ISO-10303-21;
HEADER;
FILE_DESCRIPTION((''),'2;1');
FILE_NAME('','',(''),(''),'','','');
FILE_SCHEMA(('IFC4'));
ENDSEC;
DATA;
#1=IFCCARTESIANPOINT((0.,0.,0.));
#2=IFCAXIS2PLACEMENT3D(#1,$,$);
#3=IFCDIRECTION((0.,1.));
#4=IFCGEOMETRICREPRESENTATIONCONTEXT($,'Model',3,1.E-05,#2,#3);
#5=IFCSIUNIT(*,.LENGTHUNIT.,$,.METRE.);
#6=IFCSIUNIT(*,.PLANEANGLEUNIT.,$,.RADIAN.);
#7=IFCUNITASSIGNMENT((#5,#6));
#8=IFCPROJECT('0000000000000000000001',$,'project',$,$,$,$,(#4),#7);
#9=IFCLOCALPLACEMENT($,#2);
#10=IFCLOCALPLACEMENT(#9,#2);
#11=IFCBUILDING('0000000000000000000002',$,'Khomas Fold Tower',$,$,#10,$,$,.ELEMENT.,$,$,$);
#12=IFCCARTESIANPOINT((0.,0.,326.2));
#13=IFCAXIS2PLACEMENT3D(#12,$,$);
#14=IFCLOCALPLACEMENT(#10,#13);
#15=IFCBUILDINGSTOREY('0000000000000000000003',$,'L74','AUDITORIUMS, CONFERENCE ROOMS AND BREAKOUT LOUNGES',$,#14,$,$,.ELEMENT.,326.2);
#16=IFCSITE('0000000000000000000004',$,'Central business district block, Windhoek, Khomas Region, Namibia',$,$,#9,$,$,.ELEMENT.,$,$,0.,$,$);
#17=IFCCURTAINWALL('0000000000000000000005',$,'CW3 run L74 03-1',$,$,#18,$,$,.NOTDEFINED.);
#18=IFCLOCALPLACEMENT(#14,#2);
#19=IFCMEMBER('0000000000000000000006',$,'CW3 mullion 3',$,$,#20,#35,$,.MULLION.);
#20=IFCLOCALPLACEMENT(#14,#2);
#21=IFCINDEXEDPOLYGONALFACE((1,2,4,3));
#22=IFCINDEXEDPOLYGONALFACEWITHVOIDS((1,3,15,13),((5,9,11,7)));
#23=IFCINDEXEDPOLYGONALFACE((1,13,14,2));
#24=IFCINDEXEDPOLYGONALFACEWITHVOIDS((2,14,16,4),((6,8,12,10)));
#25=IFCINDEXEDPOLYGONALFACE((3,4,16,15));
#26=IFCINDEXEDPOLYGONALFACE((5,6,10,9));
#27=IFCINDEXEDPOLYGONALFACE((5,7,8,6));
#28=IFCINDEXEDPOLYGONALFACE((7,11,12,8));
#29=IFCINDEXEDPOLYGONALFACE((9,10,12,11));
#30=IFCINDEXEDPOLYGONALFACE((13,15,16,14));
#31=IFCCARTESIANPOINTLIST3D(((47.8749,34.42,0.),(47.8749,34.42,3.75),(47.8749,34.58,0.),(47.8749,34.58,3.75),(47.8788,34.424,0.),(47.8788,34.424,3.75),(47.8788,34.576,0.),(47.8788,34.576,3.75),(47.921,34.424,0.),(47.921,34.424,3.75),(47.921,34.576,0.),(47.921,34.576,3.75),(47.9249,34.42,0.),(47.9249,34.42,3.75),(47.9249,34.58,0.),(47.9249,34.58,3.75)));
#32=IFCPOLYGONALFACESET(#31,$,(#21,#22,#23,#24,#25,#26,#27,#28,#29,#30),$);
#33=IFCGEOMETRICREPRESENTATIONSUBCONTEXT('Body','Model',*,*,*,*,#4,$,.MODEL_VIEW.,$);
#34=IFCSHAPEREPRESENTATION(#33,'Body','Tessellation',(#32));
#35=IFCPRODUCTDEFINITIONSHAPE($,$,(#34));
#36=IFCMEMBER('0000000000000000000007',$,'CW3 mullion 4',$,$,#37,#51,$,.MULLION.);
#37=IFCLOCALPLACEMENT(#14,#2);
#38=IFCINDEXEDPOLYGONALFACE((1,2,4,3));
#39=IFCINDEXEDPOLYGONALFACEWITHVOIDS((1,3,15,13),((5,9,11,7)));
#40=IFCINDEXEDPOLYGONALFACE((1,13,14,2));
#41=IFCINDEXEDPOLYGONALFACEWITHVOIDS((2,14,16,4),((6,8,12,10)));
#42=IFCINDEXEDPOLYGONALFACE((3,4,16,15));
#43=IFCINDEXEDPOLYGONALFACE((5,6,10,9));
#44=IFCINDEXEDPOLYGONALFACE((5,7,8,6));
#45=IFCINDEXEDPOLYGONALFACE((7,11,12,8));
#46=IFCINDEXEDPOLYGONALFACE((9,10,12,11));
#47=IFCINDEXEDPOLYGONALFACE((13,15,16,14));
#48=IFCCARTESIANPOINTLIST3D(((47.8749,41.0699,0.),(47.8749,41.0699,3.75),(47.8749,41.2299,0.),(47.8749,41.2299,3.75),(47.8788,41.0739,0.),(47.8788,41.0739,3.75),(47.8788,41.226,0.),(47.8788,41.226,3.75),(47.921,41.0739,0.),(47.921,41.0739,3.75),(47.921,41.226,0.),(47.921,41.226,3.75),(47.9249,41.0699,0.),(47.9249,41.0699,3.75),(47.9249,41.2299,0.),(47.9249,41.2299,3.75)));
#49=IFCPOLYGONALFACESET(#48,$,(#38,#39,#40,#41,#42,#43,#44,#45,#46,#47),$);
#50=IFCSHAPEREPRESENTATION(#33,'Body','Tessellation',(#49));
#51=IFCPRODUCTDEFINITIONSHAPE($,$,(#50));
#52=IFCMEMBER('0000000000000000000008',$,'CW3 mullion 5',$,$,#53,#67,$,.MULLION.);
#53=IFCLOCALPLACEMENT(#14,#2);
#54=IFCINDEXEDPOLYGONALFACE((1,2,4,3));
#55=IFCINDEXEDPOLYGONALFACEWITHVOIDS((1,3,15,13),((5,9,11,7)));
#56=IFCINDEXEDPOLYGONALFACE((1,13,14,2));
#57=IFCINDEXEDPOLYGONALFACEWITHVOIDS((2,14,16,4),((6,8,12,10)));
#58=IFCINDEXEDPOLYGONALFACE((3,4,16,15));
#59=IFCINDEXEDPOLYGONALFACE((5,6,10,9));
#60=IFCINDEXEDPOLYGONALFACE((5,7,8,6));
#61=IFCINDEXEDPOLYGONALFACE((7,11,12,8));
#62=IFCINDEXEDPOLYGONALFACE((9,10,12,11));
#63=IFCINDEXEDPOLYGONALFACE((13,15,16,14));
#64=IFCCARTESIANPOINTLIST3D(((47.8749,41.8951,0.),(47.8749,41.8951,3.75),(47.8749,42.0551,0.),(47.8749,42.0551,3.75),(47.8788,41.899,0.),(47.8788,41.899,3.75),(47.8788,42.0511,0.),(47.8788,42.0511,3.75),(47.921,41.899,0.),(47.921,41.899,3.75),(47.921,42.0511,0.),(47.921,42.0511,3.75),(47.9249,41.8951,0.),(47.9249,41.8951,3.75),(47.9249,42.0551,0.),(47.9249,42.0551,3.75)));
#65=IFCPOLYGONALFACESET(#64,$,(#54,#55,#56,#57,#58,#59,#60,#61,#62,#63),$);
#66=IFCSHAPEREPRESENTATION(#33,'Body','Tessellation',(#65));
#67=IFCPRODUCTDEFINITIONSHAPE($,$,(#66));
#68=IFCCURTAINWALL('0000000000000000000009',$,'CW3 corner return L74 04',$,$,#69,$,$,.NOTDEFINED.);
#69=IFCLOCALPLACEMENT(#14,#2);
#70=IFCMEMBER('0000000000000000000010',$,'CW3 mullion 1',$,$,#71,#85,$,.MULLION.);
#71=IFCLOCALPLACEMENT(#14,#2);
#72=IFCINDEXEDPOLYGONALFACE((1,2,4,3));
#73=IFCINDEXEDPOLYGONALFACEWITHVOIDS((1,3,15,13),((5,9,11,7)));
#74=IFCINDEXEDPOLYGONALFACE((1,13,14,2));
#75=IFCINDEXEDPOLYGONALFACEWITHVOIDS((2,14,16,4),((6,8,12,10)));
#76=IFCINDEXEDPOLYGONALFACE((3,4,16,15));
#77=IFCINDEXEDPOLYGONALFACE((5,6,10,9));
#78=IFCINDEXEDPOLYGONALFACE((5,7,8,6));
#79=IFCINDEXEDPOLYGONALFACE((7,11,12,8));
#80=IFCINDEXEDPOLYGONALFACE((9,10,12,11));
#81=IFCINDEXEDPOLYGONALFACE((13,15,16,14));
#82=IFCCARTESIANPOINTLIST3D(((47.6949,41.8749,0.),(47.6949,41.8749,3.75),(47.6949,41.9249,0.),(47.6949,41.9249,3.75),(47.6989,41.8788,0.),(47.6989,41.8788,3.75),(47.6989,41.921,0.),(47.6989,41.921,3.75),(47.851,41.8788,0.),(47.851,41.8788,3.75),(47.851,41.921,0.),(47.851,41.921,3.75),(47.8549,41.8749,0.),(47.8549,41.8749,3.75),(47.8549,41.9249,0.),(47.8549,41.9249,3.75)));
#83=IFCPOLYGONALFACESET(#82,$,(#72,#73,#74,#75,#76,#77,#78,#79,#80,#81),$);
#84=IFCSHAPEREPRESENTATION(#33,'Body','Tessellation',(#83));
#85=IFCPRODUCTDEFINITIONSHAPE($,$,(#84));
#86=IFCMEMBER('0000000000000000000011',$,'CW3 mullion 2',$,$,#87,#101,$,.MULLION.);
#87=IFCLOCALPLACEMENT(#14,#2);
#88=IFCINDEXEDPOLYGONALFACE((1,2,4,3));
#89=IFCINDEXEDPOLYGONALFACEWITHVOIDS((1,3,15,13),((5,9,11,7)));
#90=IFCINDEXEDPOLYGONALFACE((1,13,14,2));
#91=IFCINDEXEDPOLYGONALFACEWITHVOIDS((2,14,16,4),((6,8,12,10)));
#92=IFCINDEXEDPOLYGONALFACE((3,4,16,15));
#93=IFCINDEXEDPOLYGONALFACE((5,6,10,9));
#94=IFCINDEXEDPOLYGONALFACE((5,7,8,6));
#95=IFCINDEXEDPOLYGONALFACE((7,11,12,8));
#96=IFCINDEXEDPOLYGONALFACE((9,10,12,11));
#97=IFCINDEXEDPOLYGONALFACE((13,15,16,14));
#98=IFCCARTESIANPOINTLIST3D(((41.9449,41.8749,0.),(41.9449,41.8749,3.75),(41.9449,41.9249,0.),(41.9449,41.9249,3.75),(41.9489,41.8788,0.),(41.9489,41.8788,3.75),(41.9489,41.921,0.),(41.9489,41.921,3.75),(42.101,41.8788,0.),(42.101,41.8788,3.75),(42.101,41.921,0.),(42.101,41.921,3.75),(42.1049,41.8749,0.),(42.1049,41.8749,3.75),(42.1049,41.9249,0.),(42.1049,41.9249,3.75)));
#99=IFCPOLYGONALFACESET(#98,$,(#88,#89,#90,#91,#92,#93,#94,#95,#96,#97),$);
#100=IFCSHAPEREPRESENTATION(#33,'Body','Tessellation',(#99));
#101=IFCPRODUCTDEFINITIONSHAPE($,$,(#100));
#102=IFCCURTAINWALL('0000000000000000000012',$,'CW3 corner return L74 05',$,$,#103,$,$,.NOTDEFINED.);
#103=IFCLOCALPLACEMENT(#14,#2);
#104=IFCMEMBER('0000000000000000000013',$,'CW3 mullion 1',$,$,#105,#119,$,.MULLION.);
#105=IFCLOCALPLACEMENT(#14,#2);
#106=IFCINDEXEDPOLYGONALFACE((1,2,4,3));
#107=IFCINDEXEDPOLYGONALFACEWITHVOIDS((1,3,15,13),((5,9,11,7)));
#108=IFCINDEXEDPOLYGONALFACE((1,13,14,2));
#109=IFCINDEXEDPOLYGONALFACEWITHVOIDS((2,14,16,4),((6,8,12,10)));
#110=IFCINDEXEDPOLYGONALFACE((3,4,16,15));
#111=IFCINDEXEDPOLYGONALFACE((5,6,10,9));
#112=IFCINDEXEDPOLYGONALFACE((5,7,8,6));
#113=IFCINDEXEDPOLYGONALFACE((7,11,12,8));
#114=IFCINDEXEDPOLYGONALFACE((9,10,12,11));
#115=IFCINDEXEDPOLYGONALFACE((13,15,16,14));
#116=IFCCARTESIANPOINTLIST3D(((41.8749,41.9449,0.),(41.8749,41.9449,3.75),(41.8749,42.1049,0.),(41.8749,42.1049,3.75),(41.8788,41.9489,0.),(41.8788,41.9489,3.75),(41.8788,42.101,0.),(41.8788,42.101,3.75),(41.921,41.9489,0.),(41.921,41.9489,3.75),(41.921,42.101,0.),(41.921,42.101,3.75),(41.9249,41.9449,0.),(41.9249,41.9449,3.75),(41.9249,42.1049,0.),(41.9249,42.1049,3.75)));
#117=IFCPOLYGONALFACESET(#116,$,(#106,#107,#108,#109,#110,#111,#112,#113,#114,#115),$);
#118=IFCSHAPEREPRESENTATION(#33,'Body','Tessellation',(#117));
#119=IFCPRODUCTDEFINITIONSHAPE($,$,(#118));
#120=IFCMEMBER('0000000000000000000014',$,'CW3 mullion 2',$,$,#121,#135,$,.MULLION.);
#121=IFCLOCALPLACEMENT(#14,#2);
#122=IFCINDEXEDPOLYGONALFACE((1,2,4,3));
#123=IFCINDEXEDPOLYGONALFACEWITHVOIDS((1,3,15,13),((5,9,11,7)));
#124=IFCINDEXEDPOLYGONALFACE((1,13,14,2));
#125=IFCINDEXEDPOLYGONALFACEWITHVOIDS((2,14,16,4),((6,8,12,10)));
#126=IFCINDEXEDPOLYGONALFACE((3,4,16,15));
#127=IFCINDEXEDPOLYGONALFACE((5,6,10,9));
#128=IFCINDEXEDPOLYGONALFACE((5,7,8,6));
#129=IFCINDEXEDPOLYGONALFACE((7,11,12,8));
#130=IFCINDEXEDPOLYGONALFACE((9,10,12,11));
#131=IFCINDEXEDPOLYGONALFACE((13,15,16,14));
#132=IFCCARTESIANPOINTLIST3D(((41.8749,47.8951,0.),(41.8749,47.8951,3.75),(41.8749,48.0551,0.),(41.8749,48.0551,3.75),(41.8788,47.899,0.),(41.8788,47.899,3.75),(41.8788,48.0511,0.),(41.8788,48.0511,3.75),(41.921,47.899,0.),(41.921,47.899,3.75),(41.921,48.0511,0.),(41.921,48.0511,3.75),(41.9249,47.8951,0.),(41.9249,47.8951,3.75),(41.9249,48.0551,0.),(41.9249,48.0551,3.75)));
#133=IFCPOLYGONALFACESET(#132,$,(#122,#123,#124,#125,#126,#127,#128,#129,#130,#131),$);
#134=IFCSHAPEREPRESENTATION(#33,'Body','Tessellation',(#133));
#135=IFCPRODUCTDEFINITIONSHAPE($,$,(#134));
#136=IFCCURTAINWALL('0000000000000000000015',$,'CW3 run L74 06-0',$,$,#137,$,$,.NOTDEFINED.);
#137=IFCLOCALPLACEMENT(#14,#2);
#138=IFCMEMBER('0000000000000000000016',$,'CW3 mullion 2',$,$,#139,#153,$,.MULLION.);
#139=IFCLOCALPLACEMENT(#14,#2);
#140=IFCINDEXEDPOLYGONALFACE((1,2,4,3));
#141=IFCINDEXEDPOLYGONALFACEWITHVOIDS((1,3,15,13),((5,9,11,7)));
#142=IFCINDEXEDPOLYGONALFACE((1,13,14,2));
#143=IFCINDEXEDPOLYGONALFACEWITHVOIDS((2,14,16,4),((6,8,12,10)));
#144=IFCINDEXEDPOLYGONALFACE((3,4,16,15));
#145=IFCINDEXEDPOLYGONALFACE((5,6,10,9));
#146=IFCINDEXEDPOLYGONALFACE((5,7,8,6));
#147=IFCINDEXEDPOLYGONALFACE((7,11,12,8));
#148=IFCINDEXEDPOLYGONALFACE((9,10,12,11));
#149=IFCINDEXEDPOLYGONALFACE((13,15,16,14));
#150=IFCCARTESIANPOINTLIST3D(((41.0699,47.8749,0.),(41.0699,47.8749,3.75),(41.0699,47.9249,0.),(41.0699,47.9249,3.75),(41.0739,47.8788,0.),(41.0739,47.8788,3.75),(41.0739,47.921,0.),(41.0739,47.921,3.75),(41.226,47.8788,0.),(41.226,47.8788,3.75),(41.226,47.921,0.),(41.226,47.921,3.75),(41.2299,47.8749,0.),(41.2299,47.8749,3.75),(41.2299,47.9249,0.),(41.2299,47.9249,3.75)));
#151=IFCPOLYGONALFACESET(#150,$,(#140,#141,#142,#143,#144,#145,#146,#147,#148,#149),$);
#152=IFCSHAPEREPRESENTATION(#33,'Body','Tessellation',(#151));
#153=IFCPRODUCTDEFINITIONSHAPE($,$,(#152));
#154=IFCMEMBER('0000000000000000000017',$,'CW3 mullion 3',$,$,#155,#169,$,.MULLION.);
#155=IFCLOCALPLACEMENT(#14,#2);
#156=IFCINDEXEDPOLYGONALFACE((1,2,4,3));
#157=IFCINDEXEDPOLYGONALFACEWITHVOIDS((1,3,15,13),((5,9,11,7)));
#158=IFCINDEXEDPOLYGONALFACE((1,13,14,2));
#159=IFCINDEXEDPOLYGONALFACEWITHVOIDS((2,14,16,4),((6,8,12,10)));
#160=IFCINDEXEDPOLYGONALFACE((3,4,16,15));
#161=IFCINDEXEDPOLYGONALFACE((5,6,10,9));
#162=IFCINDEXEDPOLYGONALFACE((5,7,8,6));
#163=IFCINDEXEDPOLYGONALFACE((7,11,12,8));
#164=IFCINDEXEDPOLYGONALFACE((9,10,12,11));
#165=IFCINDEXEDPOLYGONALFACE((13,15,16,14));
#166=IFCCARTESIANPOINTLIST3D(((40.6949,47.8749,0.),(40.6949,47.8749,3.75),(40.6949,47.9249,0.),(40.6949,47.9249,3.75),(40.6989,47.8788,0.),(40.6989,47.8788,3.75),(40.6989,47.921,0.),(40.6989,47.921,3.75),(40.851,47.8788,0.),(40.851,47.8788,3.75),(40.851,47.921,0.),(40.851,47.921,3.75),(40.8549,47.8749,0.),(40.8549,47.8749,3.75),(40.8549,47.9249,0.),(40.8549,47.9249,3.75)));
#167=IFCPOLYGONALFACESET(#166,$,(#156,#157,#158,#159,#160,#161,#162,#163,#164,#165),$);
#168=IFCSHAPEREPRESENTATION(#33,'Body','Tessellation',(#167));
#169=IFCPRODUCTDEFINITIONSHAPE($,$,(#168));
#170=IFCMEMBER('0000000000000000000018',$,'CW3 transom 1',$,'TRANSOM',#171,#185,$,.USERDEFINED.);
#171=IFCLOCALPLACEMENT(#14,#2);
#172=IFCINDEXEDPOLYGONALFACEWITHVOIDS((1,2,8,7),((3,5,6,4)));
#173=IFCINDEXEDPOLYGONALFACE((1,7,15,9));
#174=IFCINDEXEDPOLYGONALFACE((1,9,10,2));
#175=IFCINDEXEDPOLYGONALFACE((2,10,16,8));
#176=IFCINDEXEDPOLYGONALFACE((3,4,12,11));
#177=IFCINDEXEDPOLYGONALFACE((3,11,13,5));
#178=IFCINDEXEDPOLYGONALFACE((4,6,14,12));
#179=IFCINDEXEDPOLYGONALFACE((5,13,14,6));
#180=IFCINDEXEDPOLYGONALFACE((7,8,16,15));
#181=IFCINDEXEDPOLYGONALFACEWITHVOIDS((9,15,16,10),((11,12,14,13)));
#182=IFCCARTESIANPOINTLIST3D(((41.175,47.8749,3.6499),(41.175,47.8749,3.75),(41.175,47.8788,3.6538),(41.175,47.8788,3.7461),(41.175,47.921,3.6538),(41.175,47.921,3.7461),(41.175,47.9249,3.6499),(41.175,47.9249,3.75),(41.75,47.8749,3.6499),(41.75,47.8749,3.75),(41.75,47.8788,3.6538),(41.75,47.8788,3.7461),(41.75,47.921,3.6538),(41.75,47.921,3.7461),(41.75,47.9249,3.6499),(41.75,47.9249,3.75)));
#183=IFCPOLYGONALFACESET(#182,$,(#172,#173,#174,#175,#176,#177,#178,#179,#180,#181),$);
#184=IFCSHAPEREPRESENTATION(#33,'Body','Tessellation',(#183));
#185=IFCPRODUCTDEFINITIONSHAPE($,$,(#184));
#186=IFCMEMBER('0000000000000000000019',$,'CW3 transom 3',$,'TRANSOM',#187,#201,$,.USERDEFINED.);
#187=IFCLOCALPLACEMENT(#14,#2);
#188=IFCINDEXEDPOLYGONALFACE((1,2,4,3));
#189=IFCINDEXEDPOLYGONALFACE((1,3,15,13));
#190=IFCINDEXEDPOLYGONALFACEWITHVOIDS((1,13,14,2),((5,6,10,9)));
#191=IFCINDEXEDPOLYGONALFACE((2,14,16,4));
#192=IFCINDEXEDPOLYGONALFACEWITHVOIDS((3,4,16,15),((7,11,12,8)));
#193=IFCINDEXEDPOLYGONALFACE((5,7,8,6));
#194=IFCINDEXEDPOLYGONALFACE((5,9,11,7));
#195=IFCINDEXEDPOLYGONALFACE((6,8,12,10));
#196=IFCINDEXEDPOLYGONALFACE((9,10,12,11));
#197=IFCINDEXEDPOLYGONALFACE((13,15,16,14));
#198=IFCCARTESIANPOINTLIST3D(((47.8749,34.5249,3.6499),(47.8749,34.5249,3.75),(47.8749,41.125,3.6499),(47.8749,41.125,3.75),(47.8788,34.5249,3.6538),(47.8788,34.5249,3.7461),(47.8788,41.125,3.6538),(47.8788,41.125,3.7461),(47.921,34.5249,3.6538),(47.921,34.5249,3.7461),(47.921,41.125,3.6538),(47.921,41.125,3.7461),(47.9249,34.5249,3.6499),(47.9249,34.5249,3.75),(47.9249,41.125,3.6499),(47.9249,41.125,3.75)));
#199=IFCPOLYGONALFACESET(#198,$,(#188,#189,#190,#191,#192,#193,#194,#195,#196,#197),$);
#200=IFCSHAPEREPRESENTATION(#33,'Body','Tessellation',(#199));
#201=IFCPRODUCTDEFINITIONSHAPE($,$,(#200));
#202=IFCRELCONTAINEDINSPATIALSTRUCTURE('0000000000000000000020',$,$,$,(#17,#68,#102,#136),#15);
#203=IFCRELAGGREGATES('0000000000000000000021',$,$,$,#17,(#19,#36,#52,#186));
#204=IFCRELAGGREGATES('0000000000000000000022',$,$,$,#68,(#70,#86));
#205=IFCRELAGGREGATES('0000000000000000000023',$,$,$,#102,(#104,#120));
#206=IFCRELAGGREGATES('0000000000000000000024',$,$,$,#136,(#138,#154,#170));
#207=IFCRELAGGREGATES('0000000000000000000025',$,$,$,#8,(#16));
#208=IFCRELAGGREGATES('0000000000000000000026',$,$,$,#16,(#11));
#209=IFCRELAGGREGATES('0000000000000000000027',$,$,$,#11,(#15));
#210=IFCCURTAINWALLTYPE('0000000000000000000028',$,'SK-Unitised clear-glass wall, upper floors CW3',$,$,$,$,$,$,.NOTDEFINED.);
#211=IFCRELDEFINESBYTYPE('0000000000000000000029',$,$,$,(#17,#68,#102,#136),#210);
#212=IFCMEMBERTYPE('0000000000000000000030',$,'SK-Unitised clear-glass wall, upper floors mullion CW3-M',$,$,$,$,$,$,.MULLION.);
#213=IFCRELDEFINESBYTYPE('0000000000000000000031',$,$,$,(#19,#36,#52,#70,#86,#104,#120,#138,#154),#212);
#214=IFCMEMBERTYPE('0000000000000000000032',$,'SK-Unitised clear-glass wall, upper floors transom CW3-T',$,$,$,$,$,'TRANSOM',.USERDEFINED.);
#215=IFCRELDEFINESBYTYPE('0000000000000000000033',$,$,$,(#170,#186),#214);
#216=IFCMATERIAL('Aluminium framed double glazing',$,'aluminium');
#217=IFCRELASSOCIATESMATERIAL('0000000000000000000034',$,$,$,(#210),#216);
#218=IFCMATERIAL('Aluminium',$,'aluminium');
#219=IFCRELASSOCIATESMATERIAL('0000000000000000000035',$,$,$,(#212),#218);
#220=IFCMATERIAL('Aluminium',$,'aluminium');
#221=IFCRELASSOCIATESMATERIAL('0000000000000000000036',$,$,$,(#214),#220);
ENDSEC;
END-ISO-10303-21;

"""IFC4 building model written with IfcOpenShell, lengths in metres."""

from ifc_helpers import new_model, si_unit, direction, frame, origin, origin_2d, place, context, subcontext, project, spatial, hollow_rectangle, extrude, source, transform, mapped, material, material_profile, profile_set, type_object, element, aggregate, save


model = new_model("IFC4")

# Units and contexts
model_context = context("Model", 3, precision=1e-05, world=origin(), true_north=direction((0.0, 1.0)))
body_context = subcontext(model_context, "Body", "Model", "MODEL_VIEW")
ifc_project = project(units=[si_unit("LENGTHUNIT", "METRE"), si_unit("PLANEANGLEUNIT", "RADIAN")], contexts=[model_context])

# Site, building, storey
site_placement = place(None, origin())
site = spatial("IfcSite", under=ifc_project, at=site_placement, Name="Central business district block, Windhoek, Khomas Region, Namibia", CompositionType="ELEMENT", RefElevation=0.0)
building_placement = place(site_placement, origin())
building = spatial("IfcBuilding", under=site, at=building_placement, Name="Khomas Fold Tower", CompositionType="ELEMENT")
storey_placement = place(building_placement, frame((0.0, 0.0, 326.2)))
storey = spatial("IfcBuildingStorey", under=building, at=storey_placement, Name="L74", Description="AUDITORIUMS, CONFERENCE ROOMS AND BREAKOUT LOUNGES", CompositionType="ELEMENT", Elevation=326.2)

# Curtain walls, members
ifc_material_1 = material(Name="Aluminium framed double glazing", Category="aluminium")
curtain_wall_type = type_object("IfcCurtainWallType", Name="SK-Unitised clear-glass wall, upper floors CW3", PredefinedType="NOTDEFINED", material=ifc_material_1)
curtain_wall_1_placement = place(storey_placement, origin())
curtain_wall_1 = element("IfcCurtainWall", 1, at=curtain_wall_1_placement, inside=storey, type_object=curtain_wall_type, Name="CW3 run L74 03-1", PredefinedType="NOTDEFINED")
ifc_material_2 = material(Name="Aluminium", Category="aluminium")
ifc_material_profile_1 = material_profile(ifc_material_2, hollow_rectangle(XDim=0.05, YDim=0.1599, WallThickness=0.0039, at=origin_2d()), Name="SK-Unitised clear-glass wall, upper floors mullion CW3-M")
ifc_profile_set_1 = profile_set([ifc_material_profile_1], Name="Aluminium")
member_type_1 = type_object("IfcMemberType", Name="SK-Unitised clear-glass wall, upper floors mullion CW3-M", PredefinedType="MULLION", material=ifc_profile_set_1)
shared_shape_1 = source(origin(), body_context, "Body", "SweptSolid", [
    extrude(hollow_rectangle(XDim=0.05, YDim=0.1599, WallThickness=0.0039, at=origin_2d()), origin(), (0.0, 0.0, 1.0), 3.75),
])
member_1_placement = place(storey_placement, frame((47.8999, 34.5, 0.0), z_axis=(0.0, 0.0, 1.0), x_axis=(-1.0, 0.0, 0.0)))
member_1 = element("IfcMember", 2, at=member_1_placement, type_object=member_type_1, Name="CW3 mullion 3", PredefinedType="MULLION", context=body_context, shape_type="MappedRepresentation", body=[
    mapped(shared_shape_1, transform((0.0, 0.0, 0.0))),
])
member_2_placement = place(storey_placement, frame((47.8999, 41.1499, 0.0), z_axis=(0.0, 0.0, 1.0), x_axis=(-1.0, 0.0, 0.0)))
member_2 = element("IfcMember", 3, at=member_2_placement, type_object=member_type_1, Name="CW3 mullion 4", PredefinedType="MULLION", context=body_context, shape_type="MappedRepresentation", body=[
    mapped(shared_shape_1, transform((0.0, 0.0, 0.0))),
])
member_3_placement = place(storey_placement, frame((47.8999, 41.9751, 0.0), z_axis=(0.0, 0.0, 1.0), x_axis=(-1.0, 0.0, 0.0)))
member_3 = element("IfcMember", 4, at=member_3_placement, type_object=member_type_1, Name="CW3 mullion 5", PredefinedType="MULLION", context=body_context, shape_type="MappedRepresentation", body=[
    mapped(shared_shape_1, transform((0.0, 0.0, 0.0))),
])
curtain_wall_2_placement = place(storey_placement, origin())
curtain_wall_2 = element("IfcCurtainWall", 5, at=curtain_wall_2_placement, inside=storey, type_object=curtain_wall_type, Name="CW3 corner return L74 04", PredefinedType="NOTDEFINED")
member_4_placement = place(storey_placement, frame((47.7749, 41.8999, 0.0), z_axis=(0.0, 0.0, 1.0), x_axis=(0.0, -1.0, 0.0)))
member_4 = element("IfcMember", 6, at=member_4_placement, type_object=member_type_1, Name="CW3 mullion 1", PredefinedType="MULLION", context=body_context, shape_type="MappedRepresentation", body=[
    mapped(shared_shape_1, transform((0.0, 0.0, 0.0))),
])
member_5_placement = place(storey_placement, frame((42.0249, 41.8999, 0.0), z_axis=(0.0, 0.0, 1.0), x_axis=(0.0, -1.0, 0.0)))
member_5 = element("IfcMember", 7, at=member_5_placement, type_object=member_type_1, Name="CW3 mullion 2", PredefinedType="MULLION", context=body_context, shape_type="MappedRepresentation", body=[
    mapped(shared_shape_1, transform((0.0, 0.0, 0.0))),
])
curtain_wall_3_placement = place(storey_placement, origin())
curtain_wall_3 = element("IfcCurtainWall", 8, at=curtain_wall_3_placement, inside=storey, type_object=curtain_wall_type, Name="CW3 corner return L74 05", PredefinedType="NOTDEFINED")
member_6_placement = place(storey_placement, frame((41.8999, 42.0249, 0.0), z_axis=(0.0, 0.0, 1.0), x_axis=(-1.0, 0.0, 0.0)))
member_6 = element("IfcMember", 9, at=member_6_placement, type_object=member_type_1, Name="CW3 mullion 1", PredefinedType="MULLION", context=body_context, shape_type="MappedRepresentation", body=[
    mapped(shared_shape_1, transform((0.0, 0.0, 0.0))),
])
member_7_placement = place(storey_placement, frame((41.8999, 47.9751, 0.0), z_axis=(0.0, 0.0, 1.0), x_axis=(-1.0, 0.0, 0.0)))
member_7 = element("IfcMember", 10, at=member_7_placement, type_object=member_type_1, Name="CW3 mullion 2", PredefinedType="MULLION", context=body_context, shape_type="MappedRepresentation", body=[
    mapped(shared_shape_1, transform((0.0, 0.0, 0.0))),
])
curtain_wall_4_placement = place(storey_placement, origin())
curtain_wall_4 = element("IfcCurtainWall", 11, at=curtain_wall_4_placement, inside=storey, type_object=curtain_wall_type, Name="CW3 run L74 06-0", PredefinedType="NOTDEFINED")
member_8_placement = place(storey_placement, frame((41.1499, 47.8999, 0.0), z_axis=(0.0, 0.0, 1.0), x_axis=(0.0, -1.0, 0.0)))
member_8 = element("IfcMember", 12, at=member_8_placement, type_object=member_type_1, Name="CW3 mullion 2", PredefinedType="MULLION", context=body_context, shape_type="MappedRepresentation", body=[
    mapped(shared_shape_1, transform((0.0, 0.0, 0.0))),
])
member_9_placement = place(storey_placement, frame((40.7749, 47.8999, 0.0), z_axis=(0.0, 0.0, 1.0), x_axis=(0.0, -1.0, 0.0)))
member_9 = element("IfcMember", 13, at=member_9_placement, type_object=member_type_1, Name="CW3 mullion 3", PredefinedType="MULLION", context=body_context, shape_type="MappedRepresentation", body=[
    mapped(shared_shape_1, transform((0.0, 0.0, 0.0))),
])
ifc_material_3 = material(Name="Aluminium", Category="aluminium")
ifc_material_profile_2 = material_profile(ifc_material_3, hollow_rectangle(XDim=0.05, YDim=0.1001, WallThickness=0.0039, at=origin_2d()), Name="SK-Unitised clear-glass wall, upper floors transom CW3-T")
ifc_profile_set_2 = profile_set([ifc_material_profile_2], Name="Aluminium")
member_type_2 = type_object("IfcMemberType", Name="SK-Unitised clear-glass wall, upper floors transom CW3-T", ElementType="TRANSOM", PredefinedType="USERDEFINED", material=ifc_profile_set_2)
shared_shape_2 = source(origin(), body_context, "Body", "SweptSolid", [
    extrude(hollow_rectangle(XDim=0.05, YDim=0.1001, WallThickness=0.0039, at=origin_2d()), origin(), (0.0, 0.0, 1.0), 0.575),
])
member_10_placement = place(storey_placement, frame((41.75, 47.8999, 3.7), z_axis=(-1.0, 0.0, 0.0), x_axis=(0.0, -1.0, 0.0)))
member_10 = element("IfcMember", 14, at=member_10_placement, type_object=member_type_2, Name="CW3 transom 1", ObjectType="TRANSOM", PredefinedType="USERDEFINED", context=body_context, shape_type="MappedRepresentation", body=[
    mapped(shared_shape_2, transform((0.0, 0.0, 0.0))),
])

# Member
shared_shape_3 = source(origin(), body_context, "Body", "SweptSolid", [
    extrude(hollow_rectangle(XDim=0.05, YDim=0.1001, WallThickness=0.0039, at=origin_2d()), origin(), (0.0, 0.0, 1.0), 6.6001),
])
member_11_placement = place(storey_placement, frame((47.8999, 34.5249, 3.7), z_axis=(0.0, 1.0, 0.0), x_axis=(-1.0, 0.0, 0.0)))
member_11 = element("IfcMember", 15, at=member_11_placement, type_object=member_type_2, Name="CW3 transom 3", ObjectType="TRANSOM", PredefinedType="USERDEFINED", context=body_context, shape_type="MappedRepresentation", body=[
    mapped(shared_shape_3, transform((0.0, 0.0, 0.0))),
])

aggregate(curtain_wall_1, [member_1, member_2, member_3, member_11])
aggregate(curtain_wall_2, [member_4, member_5])
aggregate(curtain_wall_3, [member_6, member_7])
aggregate(curtain_wall_4, [member_8, member_9, member_10])

save(model, "model.ifc")
